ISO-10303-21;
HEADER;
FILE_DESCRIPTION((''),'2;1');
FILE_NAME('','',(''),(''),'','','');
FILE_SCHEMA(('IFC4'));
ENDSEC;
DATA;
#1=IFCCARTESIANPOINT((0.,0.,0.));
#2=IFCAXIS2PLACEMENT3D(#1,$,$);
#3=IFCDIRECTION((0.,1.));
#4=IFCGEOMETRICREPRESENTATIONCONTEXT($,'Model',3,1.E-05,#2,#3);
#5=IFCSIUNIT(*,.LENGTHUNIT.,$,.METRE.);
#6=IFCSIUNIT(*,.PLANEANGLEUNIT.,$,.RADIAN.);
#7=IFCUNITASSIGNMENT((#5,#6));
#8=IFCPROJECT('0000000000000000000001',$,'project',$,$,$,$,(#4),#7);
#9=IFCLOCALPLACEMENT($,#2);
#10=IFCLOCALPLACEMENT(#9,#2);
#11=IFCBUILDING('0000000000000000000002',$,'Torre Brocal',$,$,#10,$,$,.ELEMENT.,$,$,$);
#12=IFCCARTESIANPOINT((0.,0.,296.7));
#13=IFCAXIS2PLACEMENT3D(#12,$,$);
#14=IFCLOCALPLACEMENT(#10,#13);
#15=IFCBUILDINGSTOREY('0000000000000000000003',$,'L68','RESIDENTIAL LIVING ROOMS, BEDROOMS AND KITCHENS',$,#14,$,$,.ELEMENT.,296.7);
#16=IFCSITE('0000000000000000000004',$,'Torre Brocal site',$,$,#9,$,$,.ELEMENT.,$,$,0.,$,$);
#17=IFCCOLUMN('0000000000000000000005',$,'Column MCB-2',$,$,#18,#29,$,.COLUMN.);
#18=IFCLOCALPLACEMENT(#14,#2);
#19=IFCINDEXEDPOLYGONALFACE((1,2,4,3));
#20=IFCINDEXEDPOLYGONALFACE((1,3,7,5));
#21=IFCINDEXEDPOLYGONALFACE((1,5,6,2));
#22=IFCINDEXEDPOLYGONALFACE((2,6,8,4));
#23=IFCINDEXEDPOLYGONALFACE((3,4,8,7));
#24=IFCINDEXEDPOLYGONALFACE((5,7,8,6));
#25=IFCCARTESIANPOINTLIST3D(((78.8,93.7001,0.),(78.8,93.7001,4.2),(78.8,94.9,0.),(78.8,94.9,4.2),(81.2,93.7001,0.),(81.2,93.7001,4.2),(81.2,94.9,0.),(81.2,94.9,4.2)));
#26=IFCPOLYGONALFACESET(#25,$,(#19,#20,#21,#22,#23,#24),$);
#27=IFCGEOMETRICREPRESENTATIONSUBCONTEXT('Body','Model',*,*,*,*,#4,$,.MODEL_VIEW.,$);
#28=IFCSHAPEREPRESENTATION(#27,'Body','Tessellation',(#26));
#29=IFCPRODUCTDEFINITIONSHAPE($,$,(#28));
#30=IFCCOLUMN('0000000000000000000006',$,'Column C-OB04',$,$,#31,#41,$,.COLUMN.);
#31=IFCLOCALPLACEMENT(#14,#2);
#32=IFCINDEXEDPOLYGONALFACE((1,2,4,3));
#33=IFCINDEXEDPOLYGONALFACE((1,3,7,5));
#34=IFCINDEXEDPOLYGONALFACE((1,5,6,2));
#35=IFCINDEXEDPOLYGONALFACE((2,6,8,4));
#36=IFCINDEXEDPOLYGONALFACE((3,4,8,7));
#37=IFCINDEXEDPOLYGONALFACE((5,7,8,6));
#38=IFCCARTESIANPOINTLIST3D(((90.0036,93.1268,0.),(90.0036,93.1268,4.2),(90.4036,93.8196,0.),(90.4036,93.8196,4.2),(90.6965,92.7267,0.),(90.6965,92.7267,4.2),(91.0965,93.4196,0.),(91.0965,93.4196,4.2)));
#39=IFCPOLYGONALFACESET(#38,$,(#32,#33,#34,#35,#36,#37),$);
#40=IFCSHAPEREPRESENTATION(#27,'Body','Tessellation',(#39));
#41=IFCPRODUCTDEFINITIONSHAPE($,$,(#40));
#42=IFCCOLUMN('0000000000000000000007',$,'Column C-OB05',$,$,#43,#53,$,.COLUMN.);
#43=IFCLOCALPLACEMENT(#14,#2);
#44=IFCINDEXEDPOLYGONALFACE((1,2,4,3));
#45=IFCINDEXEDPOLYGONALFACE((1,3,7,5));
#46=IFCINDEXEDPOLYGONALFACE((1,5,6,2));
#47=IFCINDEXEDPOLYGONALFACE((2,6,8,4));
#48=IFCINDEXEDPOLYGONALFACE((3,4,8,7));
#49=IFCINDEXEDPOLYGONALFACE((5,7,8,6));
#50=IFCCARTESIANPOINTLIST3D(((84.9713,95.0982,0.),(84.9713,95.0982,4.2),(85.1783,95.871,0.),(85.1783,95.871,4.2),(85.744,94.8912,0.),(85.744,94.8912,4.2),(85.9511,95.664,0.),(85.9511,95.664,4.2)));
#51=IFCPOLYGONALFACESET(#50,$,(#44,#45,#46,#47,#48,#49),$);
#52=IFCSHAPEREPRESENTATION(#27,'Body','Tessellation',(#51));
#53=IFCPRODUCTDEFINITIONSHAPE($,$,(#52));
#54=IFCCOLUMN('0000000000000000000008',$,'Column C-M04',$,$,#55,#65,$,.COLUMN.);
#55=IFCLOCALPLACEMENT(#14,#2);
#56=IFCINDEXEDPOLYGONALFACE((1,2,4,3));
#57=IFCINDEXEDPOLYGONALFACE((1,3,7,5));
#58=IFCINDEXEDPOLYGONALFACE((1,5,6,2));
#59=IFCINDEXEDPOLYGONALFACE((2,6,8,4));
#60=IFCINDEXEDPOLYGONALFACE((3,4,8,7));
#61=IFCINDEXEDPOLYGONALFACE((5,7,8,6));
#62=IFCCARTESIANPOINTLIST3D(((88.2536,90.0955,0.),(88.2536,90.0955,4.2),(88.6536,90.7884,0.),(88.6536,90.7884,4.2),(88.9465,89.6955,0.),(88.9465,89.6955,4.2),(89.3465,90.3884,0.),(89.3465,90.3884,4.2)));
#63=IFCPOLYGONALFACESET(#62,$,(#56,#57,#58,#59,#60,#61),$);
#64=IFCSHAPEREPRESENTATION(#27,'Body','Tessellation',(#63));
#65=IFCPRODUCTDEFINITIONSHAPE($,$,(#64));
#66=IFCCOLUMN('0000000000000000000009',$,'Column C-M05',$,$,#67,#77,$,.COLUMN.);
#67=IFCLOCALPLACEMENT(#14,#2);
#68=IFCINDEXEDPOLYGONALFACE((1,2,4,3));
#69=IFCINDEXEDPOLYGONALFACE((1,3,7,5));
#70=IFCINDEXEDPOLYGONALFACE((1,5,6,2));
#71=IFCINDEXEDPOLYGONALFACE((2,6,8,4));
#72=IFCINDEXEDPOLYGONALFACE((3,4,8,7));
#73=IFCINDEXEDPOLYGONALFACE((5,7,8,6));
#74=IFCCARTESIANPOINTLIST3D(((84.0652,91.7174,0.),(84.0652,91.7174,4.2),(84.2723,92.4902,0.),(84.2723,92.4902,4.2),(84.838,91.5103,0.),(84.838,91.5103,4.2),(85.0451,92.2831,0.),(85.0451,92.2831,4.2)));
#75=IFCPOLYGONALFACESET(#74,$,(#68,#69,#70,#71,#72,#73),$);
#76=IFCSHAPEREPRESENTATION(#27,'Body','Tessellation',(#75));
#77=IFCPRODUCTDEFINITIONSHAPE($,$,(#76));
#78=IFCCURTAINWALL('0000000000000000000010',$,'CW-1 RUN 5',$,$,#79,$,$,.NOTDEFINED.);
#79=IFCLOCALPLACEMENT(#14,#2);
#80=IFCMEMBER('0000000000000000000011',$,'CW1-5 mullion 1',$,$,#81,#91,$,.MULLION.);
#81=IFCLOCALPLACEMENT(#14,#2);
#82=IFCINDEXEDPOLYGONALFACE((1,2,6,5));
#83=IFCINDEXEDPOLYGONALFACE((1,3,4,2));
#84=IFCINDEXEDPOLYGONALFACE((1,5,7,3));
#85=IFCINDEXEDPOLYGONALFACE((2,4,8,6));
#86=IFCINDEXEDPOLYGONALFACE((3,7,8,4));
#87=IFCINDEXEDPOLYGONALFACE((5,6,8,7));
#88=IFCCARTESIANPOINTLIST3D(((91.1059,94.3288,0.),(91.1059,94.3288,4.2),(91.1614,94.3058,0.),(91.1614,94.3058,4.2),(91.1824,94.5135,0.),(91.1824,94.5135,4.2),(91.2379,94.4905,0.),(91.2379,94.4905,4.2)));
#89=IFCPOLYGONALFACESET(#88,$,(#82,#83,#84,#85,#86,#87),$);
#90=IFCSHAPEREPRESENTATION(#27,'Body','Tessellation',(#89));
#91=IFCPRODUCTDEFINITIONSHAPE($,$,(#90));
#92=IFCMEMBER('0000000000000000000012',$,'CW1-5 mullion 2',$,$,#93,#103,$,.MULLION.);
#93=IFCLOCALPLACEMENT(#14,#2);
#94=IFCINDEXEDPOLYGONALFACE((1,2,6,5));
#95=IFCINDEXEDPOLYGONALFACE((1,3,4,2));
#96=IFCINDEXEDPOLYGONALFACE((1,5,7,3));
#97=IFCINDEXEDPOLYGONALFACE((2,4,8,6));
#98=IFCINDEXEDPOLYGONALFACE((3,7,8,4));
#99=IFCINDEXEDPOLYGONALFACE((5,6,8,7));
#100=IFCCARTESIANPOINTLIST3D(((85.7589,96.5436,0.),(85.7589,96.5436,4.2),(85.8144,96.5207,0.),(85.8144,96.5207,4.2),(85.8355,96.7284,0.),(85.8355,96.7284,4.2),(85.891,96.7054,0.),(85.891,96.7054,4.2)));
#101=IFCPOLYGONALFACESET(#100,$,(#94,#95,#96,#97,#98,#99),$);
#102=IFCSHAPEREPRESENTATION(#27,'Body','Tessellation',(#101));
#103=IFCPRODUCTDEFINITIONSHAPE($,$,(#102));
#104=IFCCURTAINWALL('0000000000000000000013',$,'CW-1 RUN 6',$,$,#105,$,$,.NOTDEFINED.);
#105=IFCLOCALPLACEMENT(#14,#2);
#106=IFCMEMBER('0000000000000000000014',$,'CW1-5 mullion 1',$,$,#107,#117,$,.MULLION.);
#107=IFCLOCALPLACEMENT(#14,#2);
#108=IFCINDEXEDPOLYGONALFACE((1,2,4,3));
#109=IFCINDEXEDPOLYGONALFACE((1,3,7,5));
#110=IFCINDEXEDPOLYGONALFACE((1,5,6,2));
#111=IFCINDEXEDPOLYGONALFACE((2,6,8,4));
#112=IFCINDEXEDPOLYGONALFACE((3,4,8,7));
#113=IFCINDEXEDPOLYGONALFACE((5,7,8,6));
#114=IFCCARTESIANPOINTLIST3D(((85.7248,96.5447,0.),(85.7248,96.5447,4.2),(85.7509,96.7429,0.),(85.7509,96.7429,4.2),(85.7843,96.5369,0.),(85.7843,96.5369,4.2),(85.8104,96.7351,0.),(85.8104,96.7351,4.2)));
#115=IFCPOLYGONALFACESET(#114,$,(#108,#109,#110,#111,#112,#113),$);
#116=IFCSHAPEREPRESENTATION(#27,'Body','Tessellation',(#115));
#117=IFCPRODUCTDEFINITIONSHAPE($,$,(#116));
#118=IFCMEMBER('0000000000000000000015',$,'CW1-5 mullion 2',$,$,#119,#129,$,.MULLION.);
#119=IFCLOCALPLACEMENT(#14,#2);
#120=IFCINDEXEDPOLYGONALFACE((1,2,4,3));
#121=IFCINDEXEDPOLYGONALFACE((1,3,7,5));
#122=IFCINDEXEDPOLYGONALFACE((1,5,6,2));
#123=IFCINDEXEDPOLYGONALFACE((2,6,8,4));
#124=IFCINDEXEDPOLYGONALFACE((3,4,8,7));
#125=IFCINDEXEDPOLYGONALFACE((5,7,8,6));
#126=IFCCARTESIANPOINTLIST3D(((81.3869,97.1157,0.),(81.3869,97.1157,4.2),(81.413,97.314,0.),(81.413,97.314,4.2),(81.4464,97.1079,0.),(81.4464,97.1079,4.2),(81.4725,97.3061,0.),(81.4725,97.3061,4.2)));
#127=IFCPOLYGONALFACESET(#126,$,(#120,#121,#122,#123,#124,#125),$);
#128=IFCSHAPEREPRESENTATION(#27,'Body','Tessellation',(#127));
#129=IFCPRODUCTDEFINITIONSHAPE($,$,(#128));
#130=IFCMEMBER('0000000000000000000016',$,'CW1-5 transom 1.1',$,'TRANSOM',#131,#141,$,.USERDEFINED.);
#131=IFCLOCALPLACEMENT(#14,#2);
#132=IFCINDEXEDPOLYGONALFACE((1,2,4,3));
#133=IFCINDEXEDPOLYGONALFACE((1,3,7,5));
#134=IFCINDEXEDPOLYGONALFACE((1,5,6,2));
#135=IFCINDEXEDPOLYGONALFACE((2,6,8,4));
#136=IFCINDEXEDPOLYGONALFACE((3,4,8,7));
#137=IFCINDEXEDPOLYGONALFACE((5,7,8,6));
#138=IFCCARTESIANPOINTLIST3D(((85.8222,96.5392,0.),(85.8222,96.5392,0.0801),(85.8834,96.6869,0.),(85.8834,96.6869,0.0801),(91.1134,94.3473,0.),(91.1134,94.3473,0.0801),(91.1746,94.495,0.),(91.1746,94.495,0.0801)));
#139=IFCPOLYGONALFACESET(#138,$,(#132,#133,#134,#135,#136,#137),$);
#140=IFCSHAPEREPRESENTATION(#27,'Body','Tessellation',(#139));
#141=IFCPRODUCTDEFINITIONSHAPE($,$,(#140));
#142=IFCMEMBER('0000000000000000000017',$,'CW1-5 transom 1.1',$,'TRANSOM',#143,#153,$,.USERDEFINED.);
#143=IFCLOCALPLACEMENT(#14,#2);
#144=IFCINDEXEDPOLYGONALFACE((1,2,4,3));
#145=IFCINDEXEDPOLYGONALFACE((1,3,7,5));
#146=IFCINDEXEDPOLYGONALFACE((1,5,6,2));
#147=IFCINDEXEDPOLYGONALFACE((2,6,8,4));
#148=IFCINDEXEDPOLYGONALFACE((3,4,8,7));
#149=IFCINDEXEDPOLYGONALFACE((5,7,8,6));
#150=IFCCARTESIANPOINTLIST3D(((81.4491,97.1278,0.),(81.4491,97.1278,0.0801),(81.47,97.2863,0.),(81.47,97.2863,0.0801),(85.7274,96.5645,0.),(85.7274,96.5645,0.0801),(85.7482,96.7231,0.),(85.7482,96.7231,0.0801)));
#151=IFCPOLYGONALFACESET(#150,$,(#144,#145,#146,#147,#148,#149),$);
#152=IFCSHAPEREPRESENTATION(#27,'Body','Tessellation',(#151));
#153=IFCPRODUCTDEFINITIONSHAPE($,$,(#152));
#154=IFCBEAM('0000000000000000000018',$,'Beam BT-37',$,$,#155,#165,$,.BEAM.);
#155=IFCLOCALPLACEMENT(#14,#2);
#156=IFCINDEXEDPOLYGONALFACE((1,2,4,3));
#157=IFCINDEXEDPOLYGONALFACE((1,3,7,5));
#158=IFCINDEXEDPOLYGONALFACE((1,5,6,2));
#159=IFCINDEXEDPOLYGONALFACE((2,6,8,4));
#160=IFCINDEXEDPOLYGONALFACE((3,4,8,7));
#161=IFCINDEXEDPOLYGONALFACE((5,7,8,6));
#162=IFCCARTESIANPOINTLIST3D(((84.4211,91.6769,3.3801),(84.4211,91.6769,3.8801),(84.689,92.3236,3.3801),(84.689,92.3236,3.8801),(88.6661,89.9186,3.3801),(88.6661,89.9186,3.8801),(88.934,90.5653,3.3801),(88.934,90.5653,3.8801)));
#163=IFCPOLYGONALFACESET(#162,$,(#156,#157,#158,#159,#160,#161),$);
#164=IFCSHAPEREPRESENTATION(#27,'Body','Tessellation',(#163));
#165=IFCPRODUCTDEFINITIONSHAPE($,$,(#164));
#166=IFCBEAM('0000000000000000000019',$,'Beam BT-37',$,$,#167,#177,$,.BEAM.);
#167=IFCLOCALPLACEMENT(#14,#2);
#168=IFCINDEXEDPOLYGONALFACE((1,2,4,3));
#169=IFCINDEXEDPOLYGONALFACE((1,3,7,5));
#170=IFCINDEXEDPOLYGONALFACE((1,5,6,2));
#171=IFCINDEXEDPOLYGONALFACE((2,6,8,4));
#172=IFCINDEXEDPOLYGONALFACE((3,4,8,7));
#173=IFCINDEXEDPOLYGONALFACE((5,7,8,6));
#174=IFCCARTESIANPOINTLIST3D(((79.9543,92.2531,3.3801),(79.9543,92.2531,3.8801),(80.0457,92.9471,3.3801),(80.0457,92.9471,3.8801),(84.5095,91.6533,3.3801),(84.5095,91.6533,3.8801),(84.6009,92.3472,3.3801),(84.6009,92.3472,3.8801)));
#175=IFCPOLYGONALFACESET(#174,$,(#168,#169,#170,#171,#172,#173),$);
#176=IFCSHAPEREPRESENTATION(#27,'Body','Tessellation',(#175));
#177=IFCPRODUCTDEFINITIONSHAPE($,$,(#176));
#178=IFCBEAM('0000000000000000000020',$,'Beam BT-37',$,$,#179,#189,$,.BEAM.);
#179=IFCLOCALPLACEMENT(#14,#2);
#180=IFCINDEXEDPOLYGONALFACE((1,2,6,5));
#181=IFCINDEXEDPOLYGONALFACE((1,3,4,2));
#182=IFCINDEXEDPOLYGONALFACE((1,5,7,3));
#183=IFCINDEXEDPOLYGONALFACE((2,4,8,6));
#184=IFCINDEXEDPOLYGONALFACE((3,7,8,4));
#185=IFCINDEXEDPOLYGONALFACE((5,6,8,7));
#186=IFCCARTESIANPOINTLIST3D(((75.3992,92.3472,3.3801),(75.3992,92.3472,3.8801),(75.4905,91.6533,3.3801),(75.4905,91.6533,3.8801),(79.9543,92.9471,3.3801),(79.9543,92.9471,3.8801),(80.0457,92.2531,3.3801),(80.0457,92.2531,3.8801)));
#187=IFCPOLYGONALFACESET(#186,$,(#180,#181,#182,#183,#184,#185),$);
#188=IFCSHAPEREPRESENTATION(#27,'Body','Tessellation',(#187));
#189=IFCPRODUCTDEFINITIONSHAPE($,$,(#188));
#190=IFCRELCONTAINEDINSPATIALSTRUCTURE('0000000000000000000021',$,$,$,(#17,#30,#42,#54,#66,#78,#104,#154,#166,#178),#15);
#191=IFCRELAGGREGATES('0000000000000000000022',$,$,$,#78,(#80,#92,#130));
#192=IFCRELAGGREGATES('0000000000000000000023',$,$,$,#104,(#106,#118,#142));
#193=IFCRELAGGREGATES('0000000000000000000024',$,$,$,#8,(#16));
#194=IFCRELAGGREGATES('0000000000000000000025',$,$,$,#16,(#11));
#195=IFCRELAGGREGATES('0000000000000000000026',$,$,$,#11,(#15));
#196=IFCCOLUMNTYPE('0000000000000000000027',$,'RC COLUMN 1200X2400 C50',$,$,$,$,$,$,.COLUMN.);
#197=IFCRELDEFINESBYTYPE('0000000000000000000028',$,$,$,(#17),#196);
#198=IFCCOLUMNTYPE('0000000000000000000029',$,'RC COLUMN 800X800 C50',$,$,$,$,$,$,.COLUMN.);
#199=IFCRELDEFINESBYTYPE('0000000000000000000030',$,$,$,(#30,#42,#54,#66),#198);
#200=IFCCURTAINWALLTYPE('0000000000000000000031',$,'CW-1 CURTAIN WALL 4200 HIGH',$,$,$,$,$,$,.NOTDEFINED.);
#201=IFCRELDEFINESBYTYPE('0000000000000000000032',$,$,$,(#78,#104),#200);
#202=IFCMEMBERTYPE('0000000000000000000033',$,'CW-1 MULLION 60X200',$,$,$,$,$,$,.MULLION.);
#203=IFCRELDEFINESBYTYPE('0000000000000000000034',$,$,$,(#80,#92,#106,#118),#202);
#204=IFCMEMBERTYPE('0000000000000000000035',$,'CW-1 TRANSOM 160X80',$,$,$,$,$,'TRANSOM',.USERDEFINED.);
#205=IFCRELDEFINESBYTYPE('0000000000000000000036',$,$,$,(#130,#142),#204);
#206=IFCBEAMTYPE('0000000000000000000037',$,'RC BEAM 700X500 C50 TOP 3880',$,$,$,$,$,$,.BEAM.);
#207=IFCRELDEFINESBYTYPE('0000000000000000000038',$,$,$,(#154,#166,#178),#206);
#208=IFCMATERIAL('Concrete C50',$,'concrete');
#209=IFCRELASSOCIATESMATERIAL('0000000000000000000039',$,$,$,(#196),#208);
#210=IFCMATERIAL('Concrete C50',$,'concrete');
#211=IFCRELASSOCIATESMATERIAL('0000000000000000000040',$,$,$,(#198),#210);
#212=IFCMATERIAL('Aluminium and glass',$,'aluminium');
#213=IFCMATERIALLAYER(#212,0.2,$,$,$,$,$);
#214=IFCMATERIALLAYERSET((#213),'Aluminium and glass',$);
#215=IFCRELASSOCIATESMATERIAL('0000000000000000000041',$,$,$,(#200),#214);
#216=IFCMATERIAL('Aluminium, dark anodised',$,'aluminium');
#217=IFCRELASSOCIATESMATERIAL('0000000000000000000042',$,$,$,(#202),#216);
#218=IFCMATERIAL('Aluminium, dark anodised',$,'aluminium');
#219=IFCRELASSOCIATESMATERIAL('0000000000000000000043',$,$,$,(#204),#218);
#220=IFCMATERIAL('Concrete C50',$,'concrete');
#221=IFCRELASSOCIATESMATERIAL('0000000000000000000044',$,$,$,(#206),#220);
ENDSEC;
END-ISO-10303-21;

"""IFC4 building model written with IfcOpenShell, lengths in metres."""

from ifc_helpers import new_model, si_unit, direction, frame, origin, origin_2d, place, context, subcontext, project, spatial, rectangle, extrude, material, layer, layer_set, material_profile, profile_set, type_object, element, aggregate, save


model = new_model("IFC4")

# Units and contexts
model_context = context("Model", 3, precision=1e-05, world=origin(), true_north=direction((0.0, 1.0)))
body_context = subcontext(model_context, "Body", "Model", "MODEL_VIEW")
ifc_project = project(units=[si_unit("LENGTHUNIT", "METRE"), si_unit("PLANEANGLEUNIT", "RADIAN")], contexts=[model_context])

# Site, building, storey
site_placement = place(None, origin())
site = spatial("IfcSite", under=ifc_project, at=site_placement, Name="Torre Brocal site", CompositionType="ELEMENT", RefElevation=0.0)
building_placement = place(site_placement, origin())
building = spatial("IfcBuilding", under=site, at=building_placement, Name="Torre Brocal", CompositionType="ELEMENT")
storey_placement = place(building_placement, frame((0.0, 0.0, 296.7)))
storey = spatial("IfcBuildingStorey", under=building, at=storey_placement, Name="L68", Description="RESIDENTIAL LIVING ROOMS, BEDROOMS AND KITCHENS", CompositionType="ELEMENT", Elevation=296.7)

# Columns
ifc_material_1 = material(Name="Concrete C50", Category="concrete")
ifc_material_profile_1 = material_profile(ifc_material_1, rectangle(XDim=1.2, YDim=2.3999, at=origin_2d()), Name="RC 1200X2400")
ifc_profile_set_1 = profile_set([ifc_material_profile_1], Name="Concrete C50")
column_type_1 = type_object("IfcColumnType", Name="RC COLUMN 1200X2400 C50", PredefinedType="COLUMN", material=ifc_profile_set_1)
column_placement = place(storey_placement, frame((80.0, 94.3, 0.0), z_axis=(0.0, 0.0, 1.0), x_axis=(0.0, 1.0, 0.0)))
element("IfcColumn", 1, at=column_placement, inside=storey, type_object=column_type_1, Name="Column MCB-2", PredefinedType="COLUMN", context=body_context, shape_type="SweptSolid", body=[
    extrude(rectangle(XDim=1.2, YDim=2.3999, at=origin_2d()), origin(), (0.0, 0.0, 1.0), 4.2),
])
ifc_material_2 = material(Name="Concrete C50", Category="concrete")
ifc_material_profile_2 = material_profile(ifc_material_2, rectangle(XDim=0.8, YDim=0.8, at=origin_2d()), Name="RC 800X800")
ifc_profile_set_2 = profile_set([ifc_material_profile_2], Name="Concrete C50")
column_type_2 = type_object("IfcColumnType", Name="RC COLUMN 800X800 C50", PredefinedType="COLUMN", material=ifc_profile_set_2)
for number, where, z_axis, x_axis, name in (
    (2, (90.55, 93.2732, 0.0), (0.0, 0.0, 1.0), (0.5, 0.866025, 0.0), "Column C-OB04"),
    (3, (85.4612, 95.3811, 0.0), (0.0, 0.0, 1.0), (0.258819, 0.965926, 0.0), "Column C-OB05"),
    (4, (88.8, 90.2419, 0.0), (0.0, 0.0, 1.0), (0.5, 0.866025, 0.0), "Column C-M04"),
    (5, (84.5552, 92.0002, 0.0), (0.0, 0.0, 1.0), (0.258819, 0.965926, 0.0), "Column C-M05"),
):
    element("IfcColumn", number, at=place(storey_placement, frame(where, z_axis=z_axis, x_axis=x_axis)), inside=storey, type_object=column_type_2, Name=name, PredefinedType="COLUMN", context=body_context, shape_type="SweptSolid", body=[
        extrude(rectangle(XDim=0.8, YDim=0.8, at=origin_2d()), origin(), (0.0, 0.0, 1.0), 4.2),
    ])

# Curtain walls, members
ifc_material_3 = material(Name="Aluminium and glass", Category="aluminium")
ifc_layer_1 = layer(ifc_material_3, 0.2)
ifc_layer_set_1 = layer_set([ifc_layer_1], Name="Aluminium and glass")
curtain_wall_type = type_object("IfcCurtainWallType", Name="CW-1 CURTAIN WALL 4200 HIGH", PredefinedType="NOTDEFINED", material=ifc_layer_set_1)
curtain_wall_1_placement = place(storey_placement, origin())
curtain_wall_1 = element("IfcCurtainWall", 6, at=curtain_wall_1_placement, inside=storey, type_object=curtain_wall_type, Name="CW-1 RUN 5", PredefinedType="NOTDEFINED")
ifc_material_4 = material(Name="Aluminium, dark anodised", Category="aluminium")
ifc_material_profile_3 = material_profile(ifc_material_4, rectangle(XDim=0.2, YDim=0.0601, at=origin_2d()), Name="CW-1 MULLION 60X200")
ifc_profile_set_3 = profile_set([ifc_material_profile_3], Name="Aluminium, dark anodised")
member_type_1 = type_object("IfcMemberType", Name="CW-1 MULLION 60X200", PredefinedType="MULLION", material=ifc_profile_set_3)
member_1_placement = place(storey_placement, frame((91.1719, 94.4097, 0.0), z_axis=(0.0, 0.0, 1.0), x_axis=(-0.382683, -0.92388, 0.0)))
member_1 = element("IfcMember", 7, at=member_1_placement, type_object=member_type_1, Name="CW1-5 mullion 1", PredefinedType="MULLION", context=body_context, shape_type="SweptSolid", body=[
    extrude(rectangle(XDim=0.2, YDim=0.0601, at=origin_2d()), origin(), (0.0, 0.0, 1.0), 4.2),
])
member_2_placement = place(storey_placement, frame((85.825, 96.6245, 0.0), z_axis=(0.0, 0.0, 1.0), x_axis=(-0.382683, -0.92388, 0.0)))
member_2 = element("IfcMember", 8, at=member_2_placement, type_object=member_type_1, Name="CW1-5 mullion 2", PredefinedType="MULLION", context=body_context, shape_type="SweptSolid", body=[
    extrude(rectangle(XDim=0.2, YDim=0.0601, at=origin_2d()), origin(), (0.0, 0.0, 1.0), 4.2),
])
curtain_wall_2_placement = place(storey_placement, origin())
curtain_wall_2 = element("IfcCurtainWall", 9, at=curtain_wall_2_placement, inside=storey, type_object=curtain_wall_type, Name="CW-1 RUN 6", PredefinedType="NOTDEFINED")
member_3_placement = place(storey_placement, frame((85.7676, 96.6399, 0.0), z_axis=(0.0, 0.0, 1.0), x_axis=(-0.130526, -0.991445, 0.0)))
member_3 = element("IfcMember", 10, at=member_3_placement, type_object=member_type_1, Name="CW1-5 mullion 1", PredefinedType="MULLION", context=body_context, shape_type="SweptSolid", body=[
    extrude(rectangle(XDim=0.2, YDim=0.0601, at=origin_2d()), origin(), (0.0, 0.0, 1.0), 4.2),
])
member_4_placement = place(storey_placement, frame((81.4297, 97.2109, 0.0), z_axis=(0.0, 0.0, 1.0), x_axis=(-0.130526, -0.991445, 0.0)))
member_4 = element("IfcMember", 11, at=member_4_placement, type_object=member_type_1, Name="CW1-5 mullion 2", PredefinedType="MULLION", context=body_context, shape_type="SweptSolid", body=[
    extrude(rectangle(XDim=0.2, YDim=0.0601, at=origin_2d()), origin(), (0.0, 0.0, 1.0), 4.2),
])

# Members
ifc_material_5 = material(Name="Aluminium, dark anodised", Category="aluminium")
ifc_material_profile_4 = material_profile(ifc_material_5, rectangle(XDim=0.1599, YDim=0.0801, at=origin_2d()), Name="CW-1 TRANSOM 160X80")
ifc_profile_set_4 = profile_set([ifc_material_profile_4], Name="Aluminium, dark anodised")
member_type_2 = type_object("IfcMemberType", Name="CW-1 TRANSOM 160X80", ElementType="TRANSOM", PredefinedType="USERDEFINED", material=ifc_profile_set_4)
member_5_placement = place(storey_placement, frame((91.144, 94.4211, 0.04), z_axis=(-0.923868, 0.382711, 0.0), x_axis=(-0.382711, -0.923868, 0.0)))
member_5 = element("IfcMember", 12, at=member_5_placement, type_object=member_type_2, Name="CW1-5 transom 1.1", ObjectType="TRANSOM", PredefinedType="USERDEFINED", context=body_context, shape_type="SweptSolid", body=[
    extrude(rectangle(XDim=0.1599, YDim=0.0801, at=origin_2d()), origin(), (0.0, 0.0, 1.0), 5.7273),
])
member_6_placement = place(storey_placement, frame((85.7378, 96.6438, 0.04), z_axis=(-0.991445, 0.130522, 0.0), x_axis=(-0.130522, -0.991445, 0.0)))
member_6 = element("IfcMember", 13, at=member_6_placement, type_object=member_type_2, Name="CW1-5 transom 1.1", ObjectType="TRANSOM", PredefinedType="USERDEFINED", context=body_context, shape_type="SweptSolid", body=[
    extrude(rectangle(XDim=0.1599, YDim=0.0801, at=origin_2d()), origin(), (0.0, 0.0, 1.0), 4.3152),
])

# Beams
ifc_material_6 = material(Name="Concrete C50", Category="concrete")
ifc_material_profile_5 = material_profile(ifc_material_6, rectangle(XDim=0.7, YDim=0.5, at=origin_2d()), Name="RC 700X500")
ifc_profile_set_5 = profile_set([ifc_material_profile_5], Name="Concrete C50")
beam_type_1 = type_object("IfcBeamType", Name="RC BEAM 700X500 C50 TOP 3880", PredefinedType="BEAM", material=ifc_profile_set_5)
beam_1_placement = place(storey_placement, frame((88.8, 90.2419, 3.6301), z_axis=(-0.923878, 0.382687, 0.0), x_axis=(-0.382687, -0.923878, 0.0)))
element("IfcBeam", 14, at=beam_1_placement, inside=storey, type_object=beam_type_1, Name="Beam BT-37", PredefinedType="BEAM", context=body_context, shape_type="SweptSolid", body=[
    extrude(rectangle(XDim=0.7, YDim=0.5, at=origin_2d()), origin(), (0.0, 0.0, 1.0), 4.5947),
])
for number, where, z_axis, x_axis, name in (
    (15, (84.5552, 92.0002, 3.6301), (-0.991441, 0.130559, 0.0), (-0.130559, -0.991441, 0.0), "Beam BT-37"),
    (16, (80.0, 92.6001, 3.6301), (-0.991441, -0.130559, 0.0), (0.130559, -0.991441, 0.0), "Beam BT-37"),
):
    element("IfcBeam", number, at=place(storey_placement, frame(where, z_axis=z_axis, x_axis=x_axis)), inside=storey, type_object=beam_type_1, Name=name, PredefinedType="BEAM", context=body_context, shape_type="SweptSolid", body=[
        extrude(rectangle(XDim=0.7, YDim=0.5, at=origin_2d()), origin(), (0.0, 0.0, 1.0), 4.5945),
    ])

aggregate(curtain_wall_1, [member_1, member_2, member_5])
aggregate(curtain_wall_2, [member_3, member_4, member_6])

save(model, "model.ifc")
